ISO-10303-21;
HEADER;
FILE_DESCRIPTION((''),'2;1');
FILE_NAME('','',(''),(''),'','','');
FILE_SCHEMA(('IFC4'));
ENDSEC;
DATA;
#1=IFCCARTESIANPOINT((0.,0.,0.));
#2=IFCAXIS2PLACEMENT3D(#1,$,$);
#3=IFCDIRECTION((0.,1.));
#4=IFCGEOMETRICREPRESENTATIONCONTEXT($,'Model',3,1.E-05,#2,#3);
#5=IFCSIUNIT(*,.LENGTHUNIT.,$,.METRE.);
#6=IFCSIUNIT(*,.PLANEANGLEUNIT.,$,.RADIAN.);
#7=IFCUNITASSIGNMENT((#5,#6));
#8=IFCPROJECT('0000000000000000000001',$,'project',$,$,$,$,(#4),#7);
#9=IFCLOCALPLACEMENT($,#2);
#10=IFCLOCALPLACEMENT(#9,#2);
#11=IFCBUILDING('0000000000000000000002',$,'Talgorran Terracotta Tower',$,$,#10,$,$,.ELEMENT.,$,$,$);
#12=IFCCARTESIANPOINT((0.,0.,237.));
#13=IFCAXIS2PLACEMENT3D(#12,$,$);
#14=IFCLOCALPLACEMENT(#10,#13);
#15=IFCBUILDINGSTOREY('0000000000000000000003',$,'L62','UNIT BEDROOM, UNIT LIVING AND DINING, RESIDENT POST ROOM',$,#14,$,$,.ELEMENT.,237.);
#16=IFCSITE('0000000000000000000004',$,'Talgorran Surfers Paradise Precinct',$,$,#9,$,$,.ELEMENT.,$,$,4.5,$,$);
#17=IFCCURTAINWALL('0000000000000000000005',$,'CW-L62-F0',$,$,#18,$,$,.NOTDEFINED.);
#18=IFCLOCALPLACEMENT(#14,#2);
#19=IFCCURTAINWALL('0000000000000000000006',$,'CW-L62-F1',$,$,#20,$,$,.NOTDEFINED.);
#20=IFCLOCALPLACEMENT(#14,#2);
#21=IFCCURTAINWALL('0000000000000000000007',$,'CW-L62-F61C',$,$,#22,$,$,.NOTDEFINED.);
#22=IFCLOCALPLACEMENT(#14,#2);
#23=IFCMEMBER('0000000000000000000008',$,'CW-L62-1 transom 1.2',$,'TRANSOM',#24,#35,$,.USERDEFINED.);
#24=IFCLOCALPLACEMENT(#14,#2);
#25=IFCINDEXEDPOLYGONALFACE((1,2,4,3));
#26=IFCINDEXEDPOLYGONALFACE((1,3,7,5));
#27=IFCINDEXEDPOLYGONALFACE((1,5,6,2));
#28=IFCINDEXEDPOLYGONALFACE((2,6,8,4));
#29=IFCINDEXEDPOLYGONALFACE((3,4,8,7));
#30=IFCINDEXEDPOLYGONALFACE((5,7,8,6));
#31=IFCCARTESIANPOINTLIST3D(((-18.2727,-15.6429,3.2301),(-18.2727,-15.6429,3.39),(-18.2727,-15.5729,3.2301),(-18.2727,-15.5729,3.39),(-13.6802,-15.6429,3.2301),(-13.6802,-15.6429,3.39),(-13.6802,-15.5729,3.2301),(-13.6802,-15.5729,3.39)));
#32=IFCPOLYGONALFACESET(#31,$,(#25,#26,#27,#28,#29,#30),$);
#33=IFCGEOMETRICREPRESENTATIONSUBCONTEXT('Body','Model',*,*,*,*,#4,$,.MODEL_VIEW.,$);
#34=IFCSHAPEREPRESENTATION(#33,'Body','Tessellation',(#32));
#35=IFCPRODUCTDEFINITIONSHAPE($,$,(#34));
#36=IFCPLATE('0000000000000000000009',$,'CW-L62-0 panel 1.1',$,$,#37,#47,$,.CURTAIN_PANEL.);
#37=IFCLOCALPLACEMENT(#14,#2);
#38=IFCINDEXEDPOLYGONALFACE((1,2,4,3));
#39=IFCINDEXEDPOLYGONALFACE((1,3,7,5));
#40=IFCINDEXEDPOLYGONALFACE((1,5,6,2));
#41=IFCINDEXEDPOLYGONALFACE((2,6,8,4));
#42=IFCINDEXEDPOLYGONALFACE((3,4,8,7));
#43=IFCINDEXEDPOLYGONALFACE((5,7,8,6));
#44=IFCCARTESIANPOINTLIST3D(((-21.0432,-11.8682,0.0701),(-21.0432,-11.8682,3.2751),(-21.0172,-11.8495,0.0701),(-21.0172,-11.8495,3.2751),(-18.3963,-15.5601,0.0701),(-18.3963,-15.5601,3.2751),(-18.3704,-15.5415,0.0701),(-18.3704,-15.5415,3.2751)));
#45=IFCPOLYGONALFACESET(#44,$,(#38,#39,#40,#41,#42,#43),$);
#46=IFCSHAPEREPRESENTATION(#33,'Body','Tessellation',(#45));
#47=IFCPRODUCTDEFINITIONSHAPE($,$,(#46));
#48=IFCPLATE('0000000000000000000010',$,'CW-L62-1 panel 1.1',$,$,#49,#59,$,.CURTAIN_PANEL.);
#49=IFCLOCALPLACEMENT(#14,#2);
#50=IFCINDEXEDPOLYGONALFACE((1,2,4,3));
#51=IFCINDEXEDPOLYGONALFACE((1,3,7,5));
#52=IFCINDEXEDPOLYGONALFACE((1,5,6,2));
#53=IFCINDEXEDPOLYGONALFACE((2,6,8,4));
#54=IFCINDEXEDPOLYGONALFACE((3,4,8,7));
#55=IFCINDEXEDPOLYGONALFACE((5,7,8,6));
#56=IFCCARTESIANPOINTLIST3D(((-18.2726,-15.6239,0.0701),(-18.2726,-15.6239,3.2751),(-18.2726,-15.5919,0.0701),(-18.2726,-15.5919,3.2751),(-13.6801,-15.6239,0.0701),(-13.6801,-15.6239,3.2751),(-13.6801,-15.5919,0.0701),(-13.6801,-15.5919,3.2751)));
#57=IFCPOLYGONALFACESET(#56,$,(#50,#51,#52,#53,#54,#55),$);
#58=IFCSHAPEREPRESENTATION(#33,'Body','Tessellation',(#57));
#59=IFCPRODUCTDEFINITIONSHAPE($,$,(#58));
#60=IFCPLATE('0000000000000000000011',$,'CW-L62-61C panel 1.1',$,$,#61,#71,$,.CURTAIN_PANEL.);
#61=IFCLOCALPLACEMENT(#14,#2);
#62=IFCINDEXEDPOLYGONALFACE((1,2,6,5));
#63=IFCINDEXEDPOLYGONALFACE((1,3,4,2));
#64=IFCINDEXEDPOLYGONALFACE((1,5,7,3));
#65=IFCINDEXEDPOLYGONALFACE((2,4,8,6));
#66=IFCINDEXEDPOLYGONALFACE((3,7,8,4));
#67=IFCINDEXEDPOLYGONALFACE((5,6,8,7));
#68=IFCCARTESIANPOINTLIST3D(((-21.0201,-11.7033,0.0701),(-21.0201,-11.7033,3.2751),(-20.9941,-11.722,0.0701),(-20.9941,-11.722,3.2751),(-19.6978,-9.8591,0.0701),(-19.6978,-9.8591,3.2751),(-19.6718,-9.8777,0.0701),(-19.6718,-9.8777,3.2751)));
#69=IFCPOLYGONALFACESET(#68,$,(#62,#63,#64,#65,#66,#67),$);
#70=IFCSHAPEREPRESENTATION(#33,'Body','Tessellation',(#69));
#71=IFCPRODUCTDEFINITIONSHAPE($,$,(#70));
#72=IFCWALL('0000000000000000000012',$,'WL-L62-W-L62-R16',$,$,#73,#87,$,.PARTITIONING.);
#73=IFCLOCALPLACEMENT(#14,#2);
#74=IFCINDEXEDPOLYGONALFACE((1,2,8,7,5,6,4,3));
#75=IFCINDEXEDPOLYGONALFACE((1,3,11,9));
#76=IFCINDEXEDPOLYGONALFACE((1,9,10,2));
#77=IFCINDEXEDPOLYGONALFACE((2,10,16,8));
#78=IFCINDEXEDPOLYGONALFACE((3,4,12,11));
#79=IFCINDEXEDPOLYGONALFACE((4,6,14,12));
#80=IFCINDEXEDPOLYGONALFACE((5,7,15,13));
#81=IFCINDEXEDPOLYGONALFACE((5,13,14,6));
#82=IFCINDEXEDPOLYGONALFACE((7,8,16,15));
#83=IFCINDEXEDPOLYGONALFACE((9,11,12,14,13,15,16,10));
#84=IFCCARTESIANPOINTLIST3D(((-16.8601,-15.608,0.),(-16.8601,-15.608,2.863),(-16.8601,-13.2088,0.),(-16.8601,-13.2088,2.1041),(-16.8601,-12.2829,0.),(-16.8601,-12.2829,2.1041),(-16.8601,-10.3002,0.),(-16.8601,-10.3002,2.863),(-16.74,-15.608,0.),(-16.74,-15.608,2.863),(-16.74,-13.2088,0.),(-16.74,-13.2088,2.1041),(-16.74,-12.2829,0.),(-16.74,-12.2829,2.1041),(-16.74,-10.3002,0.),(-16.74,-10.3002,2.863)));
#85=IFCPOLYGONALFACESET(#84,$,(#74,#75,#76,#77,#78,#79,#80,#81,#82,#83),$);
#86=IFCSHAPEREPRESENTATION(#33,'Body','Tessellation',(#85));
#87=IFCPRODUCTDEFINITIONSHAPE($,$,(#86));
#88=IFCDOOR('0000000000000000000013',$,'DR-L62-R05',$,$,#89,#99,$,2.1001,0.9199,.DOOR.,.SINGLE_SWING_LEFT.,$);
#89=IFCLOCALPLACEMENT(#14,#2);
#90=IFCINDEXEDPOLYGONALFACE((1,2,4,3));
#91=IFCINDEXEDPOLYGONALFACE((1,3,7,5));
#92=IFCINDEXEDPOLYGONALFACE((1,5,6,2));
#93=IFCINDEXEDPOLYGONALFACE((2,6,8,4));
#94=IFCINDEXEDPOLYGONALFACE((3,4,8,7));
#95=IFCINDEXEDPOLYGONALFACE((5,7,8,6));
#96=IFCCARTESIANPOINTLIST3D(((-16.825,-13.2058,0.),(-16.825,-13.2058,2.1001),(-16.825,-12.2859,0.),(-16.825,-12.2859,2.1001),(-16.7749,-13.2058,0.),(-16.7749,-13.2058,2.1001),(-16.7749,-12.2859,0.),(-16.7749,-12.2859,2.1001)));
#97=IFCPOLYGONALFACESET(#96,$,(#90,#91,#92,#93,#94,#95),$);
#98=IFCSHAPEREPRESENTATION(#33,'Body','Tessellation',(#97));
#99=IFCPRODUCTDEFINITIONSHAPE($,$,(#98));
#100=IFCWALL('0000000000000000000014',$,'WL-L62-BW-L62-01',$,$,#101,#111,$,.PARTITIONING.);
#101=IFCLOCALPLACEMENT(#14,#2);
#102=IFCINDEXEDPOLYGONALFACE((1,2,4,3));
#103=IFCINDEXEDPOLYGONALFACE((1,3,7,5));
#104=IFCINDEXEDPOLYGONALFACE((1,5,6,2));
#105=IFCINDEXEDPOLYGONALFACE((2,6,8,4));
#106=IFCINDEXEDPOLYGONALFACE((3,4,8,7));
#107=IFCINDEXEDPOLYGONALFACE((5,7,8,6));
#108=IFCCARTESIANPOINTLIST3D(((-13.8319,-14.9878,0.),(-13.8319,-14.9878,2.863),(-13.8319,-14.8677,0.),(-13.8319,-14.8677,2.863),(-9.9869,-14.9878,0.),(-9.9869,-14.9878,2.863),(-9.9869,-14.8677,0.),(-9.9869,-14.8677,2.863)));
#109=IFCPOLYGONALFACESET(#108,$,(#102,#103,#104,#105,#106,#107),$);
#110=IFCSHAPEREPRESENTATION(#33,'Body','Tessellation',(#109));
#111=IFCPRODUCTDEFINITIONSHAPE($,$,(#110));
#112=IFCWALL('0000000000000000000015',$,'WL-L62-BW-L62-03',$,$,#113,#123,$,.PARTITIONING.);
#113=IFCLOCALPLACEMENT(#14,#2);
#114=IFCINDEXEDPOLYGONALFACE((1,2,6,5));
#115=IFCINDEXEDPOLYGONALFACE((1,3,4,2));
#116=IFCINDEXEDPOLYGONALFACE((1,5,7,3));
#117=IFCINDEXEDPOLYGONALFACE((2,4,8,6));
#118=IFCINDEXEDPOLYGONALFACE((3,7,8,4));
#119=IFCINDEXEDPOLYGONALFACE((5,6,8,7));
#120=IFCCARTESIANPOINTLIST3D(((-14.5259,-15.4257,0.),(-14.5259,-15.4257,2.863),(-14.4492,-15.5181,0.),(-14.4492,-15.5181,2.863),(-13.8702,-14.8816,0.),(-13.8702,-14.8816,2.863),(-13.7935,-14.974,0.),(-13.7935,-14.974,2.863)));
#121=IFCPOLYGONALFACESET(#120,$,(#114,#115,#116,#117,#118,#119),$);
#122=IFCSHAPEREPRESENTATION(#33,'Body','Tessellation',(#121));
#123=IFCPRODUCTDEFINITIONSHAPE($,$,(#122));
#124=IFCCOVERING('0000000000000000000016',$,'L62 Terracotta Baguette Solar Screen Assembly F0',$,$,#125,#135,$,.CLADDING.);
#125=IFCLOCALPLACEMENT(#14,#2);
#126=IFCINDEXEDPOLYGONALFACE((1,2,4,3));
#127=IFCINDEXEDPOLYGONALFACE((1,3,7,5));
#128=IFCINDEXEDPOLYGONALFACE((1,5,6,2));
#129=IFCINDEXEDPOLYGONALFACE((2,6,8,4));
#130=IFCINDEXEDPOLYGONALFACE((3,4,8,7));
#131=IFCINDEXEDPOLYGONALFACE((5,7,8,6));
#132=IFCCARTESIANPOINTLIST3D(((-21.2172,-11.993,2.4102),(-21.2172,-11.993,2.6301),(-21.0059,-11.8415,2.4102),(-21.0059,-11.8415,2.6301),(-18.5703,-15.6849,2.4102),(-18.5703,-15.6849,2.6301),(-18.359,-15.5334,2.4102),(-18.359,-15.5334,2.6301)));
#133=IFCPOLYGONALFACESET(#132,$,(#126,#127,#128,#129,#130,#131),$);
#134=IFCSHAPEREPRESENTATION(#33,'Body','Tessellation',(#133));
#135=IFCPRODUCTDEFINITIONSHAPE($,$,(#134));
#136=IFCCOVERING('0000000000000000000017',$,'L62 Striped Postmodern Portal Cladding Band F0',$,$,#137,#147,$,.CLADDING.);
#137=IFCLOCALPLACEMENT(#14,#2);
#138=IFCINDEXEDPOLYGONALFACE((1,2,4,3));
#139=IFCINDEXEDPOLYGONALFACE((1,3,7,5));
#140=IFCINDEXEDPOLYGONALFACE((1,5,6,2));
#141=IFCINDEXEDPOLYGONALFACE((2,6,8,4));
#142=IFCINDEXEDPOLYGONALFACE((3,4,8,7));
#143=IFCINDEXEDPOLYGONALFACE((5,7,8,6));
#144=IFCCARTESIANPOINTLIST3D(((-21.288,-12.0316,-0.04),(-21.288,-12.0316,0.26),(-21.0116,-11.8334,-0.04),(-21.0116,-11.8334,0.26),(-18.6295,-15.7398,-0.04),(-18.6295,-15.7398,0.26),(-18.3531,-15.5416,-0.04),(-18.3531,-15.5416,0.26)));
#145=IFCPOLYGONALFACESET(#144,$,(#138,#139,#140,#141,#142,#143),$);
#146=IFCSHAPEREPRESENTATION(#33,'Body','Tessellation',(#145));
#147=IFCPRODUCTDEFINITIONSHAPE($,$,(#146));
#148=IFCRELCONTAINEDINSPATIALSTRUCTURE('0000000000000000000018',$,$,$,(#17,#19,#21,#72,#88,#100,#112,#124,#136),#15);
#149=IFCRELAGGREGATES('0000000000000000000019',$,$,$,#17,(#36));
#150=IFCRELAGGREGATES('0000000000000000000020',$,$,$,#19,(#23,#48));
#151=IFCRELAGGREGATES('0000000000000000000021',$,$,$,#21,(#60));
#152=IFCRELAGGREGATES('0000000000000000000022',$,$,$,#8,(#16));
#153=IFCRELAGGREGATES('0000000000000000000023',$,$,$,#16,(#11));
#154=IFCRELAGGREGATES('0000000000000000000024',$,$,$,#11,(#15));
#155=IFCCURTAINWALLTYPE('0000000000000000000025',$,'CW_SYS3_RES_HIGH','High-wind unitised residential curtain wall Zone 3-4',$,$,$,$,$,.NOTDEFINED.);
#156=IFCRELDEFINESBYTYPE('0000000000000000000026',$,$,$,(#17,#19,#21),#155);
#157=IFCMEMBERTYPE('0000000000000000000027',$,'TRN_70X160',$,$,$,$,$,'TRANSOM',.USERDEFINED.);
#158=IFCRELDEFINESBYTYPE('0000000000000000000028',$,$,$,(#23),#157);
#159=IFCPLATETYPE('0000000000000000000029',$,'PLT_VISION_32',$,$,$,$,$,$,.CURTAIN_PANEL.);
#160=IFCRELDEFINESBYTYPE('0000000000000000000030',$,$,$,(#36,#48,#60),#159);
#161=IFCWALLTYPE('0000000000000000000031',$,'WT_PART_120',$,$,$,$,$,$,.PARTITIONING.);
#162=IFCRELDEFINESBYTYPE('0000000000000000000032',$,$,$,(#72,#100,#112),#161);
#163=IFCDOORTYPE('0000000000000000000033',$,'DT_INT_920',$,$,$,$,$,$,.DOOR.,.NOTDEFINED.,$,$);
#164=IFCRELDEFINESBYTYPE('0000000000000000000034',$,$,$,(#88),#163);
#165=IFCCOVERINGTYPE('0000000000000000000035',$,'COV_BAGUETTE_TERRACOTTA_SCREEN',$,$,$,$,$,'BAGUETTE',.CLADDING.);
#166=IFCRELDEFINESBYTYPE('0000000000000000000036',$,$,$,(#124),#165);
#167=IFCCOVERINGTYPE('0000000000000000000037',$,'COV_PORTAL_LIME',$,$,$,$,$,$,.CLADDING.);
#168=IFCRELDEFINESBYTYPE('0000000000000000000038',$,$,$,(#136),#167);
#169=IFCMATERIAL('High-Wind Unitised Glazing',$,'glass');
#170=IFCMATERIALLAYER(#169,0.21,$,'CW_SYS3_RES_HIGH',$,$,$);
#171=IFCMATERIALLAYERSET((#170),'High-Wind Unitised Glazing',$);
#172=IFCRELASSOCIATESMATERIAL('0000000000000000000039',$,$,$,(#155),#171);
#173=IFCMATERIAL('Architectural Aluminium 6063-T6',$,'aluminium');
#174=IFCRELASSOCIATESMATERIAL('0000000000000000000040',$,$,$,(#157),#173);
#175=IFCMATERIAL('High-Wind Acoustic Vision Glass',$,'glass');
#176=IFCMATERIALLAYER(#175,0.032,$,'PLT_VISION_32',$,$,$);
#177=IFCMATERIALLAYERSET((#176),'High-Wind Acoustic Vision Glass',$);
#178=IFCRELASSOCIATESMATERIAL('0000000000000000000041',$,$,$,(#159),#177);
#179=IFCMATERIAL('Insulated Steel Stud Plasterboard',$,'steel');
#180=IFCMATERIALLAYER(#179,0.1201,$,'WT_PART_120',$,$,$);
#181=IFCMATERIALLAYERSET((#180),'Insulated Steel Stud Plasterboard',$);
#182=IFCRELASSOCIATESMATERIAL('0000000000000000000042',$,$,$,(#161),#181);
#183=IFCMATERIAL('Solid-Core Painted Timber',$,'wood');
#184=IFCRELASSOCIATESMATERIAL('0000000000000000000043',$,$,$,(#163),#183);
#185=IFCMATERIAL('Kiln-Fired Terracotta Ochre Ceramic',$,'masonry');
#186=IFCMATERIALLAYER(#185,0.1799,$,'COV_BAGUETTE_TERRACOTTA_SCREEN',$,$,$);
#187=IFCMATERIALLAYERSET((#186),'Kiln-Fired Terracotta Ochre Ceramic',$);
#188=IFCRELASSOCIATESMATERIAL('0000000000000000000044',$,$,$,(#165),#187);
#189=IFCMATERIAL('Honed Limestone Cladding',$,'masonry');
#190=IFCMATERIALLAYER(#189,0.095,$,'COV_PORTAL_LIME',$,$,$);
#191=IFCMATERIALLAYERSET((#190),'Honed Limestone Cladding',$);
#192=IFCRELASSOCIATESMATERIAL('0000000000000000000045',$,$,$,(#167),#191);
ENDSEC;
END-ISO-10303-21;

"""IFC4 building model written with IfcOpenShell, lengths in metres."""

from ifc_helpers import new_model, si_unit, direction, frame, frame_2d, origin, origin_2d, place, context, subcontext, project, spatial, rectangle, extrude, source, transform, mapped, material, layer, layer_set, material_profile, profile_set, type_object, type_shapes, element, fill, aggregate, save


model = new_model("IFC4")

# Units and contexts
model_context = context("Model", 3, precision=1e-05, world=origin(), true_north=direction((0.0, 1.0)))
body_context = subcontext(model_context, "Body", "Model", "MODEL_VIEW")
ifc_project = project(units=[si_unit("LENGTHUNIT", "METRE"), si_unit("PLANEANGLEUNIT", "RADIAN")], contexts=[model_context])

# Site, building, storey
site_placement = place(None, origin())
site = spatial("IfcSite", under=ifc_project, at=site_placement, Name="Talgorran Surfers Paradise Precinct", CompositionType="ELEMENT", RefElevation=4.5)
building_placement = place(site_placement, origin())
building = spatial("IfcBuilding", under=site, at=building_placement, Name="Talgorran Terracotta Tower", CompositionType="ELEMENT")
storey_placement = place(building_placement, frame((0.0, 0.0, 237.0)))
storey = spatial("IfcBuildingStorey", under=building, at=storey_placement, Name="L62", Description="UNIT BEDROOM, UNIT LIVING AND DINING, RESIDENT POST ROOM", CompositionType="ELEMENT", Elevation=237.0)

# Curtain walls
ifc_material_1 = material(Name="High-Wind Unitised Glazing", Category="glass")
ifc_layer_1 = layer(ifc_material_1, 0.21, Name="CW_SYS3_RES_HIGH")
ifc_layer_set_1 = layer_set([ifc_layer_1], Name="High-Wind Unitised Glazing")
curtain_wall_type = type_object("IfcCurtainWallType", Name="CW_SYS3_RES_HIGH", Description="High-wind unitised residential curtain wall Zone 3-4", PredefinedType="NOTDEFINED", material=ifc_layer_set_1)
curtain_wall_1_placement = place(storey_placement, origin())
curtain_wall_1 = element("IfcCurtainWall", 1, at=curtain_wall_1_placement, inside=storey, type_object=curtain_wall_type, Name="CW-L62-F0", PredefinedType="NOTDEFINED")
ifc_material_2 = material(Name="Architectural Aluminium 6063-T6", Category="aluminium")
curtain_wall_2_placement = place(storey_placement, origin())
curtain_wall_2 = element("IfcCurtainWall", 2, at=curtain_wall_2_placement, inside=storey, type_object=curtain_wall_type, Name="CW-L62-F1", PredefinedType="NOTDEFINED")

# Curtain wall
curtain_wall_3_placement = place(storey_placement, origin())
curtain_wall_3 = element("IfcCurtainWall", 3, at=curtain_wall_3_placement, inside=storey, type_object=curtain_wall_type, Name="CW-L62-F61C", PredefinedType="NOTDEFINED")

# Member
ifc_material_profile_1 = material_profile(ifc_material_2, rectangle(XDim=0.0701, YDim=0.1599, at=origin_2d()), Name="CWT70X160")
ifc_profile_set_1 = profile_set([ifc_material_profile_1], Name="Architectural Aluminium 6063-T6")
member_type_1 = type_object("IfcMemberType", Name="TRN_70X160", ElementType="TRANSOM", PredefinedType="USERDEFINED", material=ifc_profile_set_1)
member_1_placement = place(storey_placement, frame((-18.2727, -15.6079, 3.3101), z_axis=(1.0, 0.0, 0.0), x_axis=(0.0, 1.0, 0.0)))
member_1 = element("IfcMember", 4, at=member_1_placement, type_object=member_type_1, Name="CW-L62-1 transom 1.2", ObjectType="TRANSOM", PredefinedType="USERDEFINED", context=body_context, shape_type="SweptSolid", body=[
    extrude(rectangle(XDim=0.0701, YDim=0.1599, at=origin_2d()), origin(), (0.0, 0.0, 1.0), 4.5925),
])

# Plates
ifc_material_3 = material(Name="High-Wind Acoustic Vision Glass", Category="glass")
ifc_layer_2 = layer(ifc_material_3, 0.032, Name="PLT_VISION_32")
ifc_layer_set_2 = layer_set([ifc_layer_2], Name="High-Wind Acoustic Vision Glass")
plate_type = type_object("IfcPlateType", Name="PLT_VISION_32", PredefinedType="CURTAIN_PANEL", material=ifc_layer_set_2)
shared_shape_1 = source(origin(), body_context, "Body", "SweptSolid", [
    extrude(rectangle(XDim=4.5427, YDim=0.032, at=origin_2d()), origin(), (0.0, 0.0, 1.0), 3.2051),
])
plate_1_placement = place(storey_placement, frame((-19.7068, -13.7048, 0.0701), z_axis=(0.0, 0.0, 1.0), x_axis=(0.582661, -0.812715, 0.0)))
plate_1 = element("IfcPlate", 5, at=plate_1_placement, type_object=plate_type, Name="CW-L62-0 panel 1.1", PredefinedType="CURTAIN_PANEL", context=body_context, shape_type="MappedRepresentation", body=[
    mapped(shared_shape_1, transform((0.0, 0.0, 0.0), scale=1.0)),
])
aggregate(curtain_wall_1, [plate_1])
shared_shape_2 = source(origin(), body_context, "Body", "SweptSolid", [
    extrude(rectangle(XDim=4.5925, YDim=0.032, at=origin_2d()), origin(), (0.0, 0.0, 1.0), 3.2051),
])
plate_2_placement = place(storey_placement, frame((-15.9763, -15.6079, 0.0701), z_axis=(0.0, 0.0, 1.0), x_axis=(1.0, 0.0, 0.0)))
plate_2 = element("IfcPlate", 6, at=plate_2_placement, type_object=plate_type, Name="CW-L62-1 panel 1.1", PredefinedType="CURTAIN_PANEL", context=body_context, shape_type="MappedRepresentation", body=[
    mapped(shared_shape_2, transform((0.0, 0.0, 0.0), scale=1.0)),
])
aggregate(curtain_wall_2, [member_1, plate_2])
shared_shape_3 = source(origin(), body_context, "Body", "SweptSolid", [
    extrude(rectangle(XDim=2.2693, YDim=0.032, at=origin_2d()), origin(), (0.0, 0.0, 1.0), 3.2051),
])
type_shapes(plate_type, [shared_shape_1, shared_shape_2, shared_shape_3])
plate_3_placement = place(storey_placement, frame((-20.3459, -10.7905, 0.0701), z_axis=(0.0, 0.0, 1.0), x_axis=(-0.582674, -0.812706, 0.0)))
plate_3 = element("IfcPlate", 7, at=plate_3_placement, type_object=plate_type, Name="CW-L62-61C panel 1.1", PredefinedType="CURTAIN_PANEL", context=body_context, shape_type="MappedRepresentation", body=[
    mapped(shared_shape_3, transform((0.0, 0.0, 0.0), scale=1.0)),
])
aggregate(curtain_wall_3, [plate_3])

# Wall, opening, door
ifc_material_4 = material(Name="Insulated Steel Stud Plasterboard", Category="steel")
ifc_layer_3 = layer(ifc_material_4, 0.1201, Name="WT_PART_120")
ifc_layer_set_3 = layer_set([ifc_layer_3], Name="Insulated Steel Stud Plasterboard")
wall_type = type_object("IfcWallType", Name="WT_PART_120", PredefinedType="PARTITIONING", material=ifc_layer_set_3)
wall_1_placement = place(storey_placement, frame((-16.8, -15.6079, 0.0), z_axis=(0.0, 0.0, 1.0), x_axis=(0.0, 1.0, 0.0)))
wall_1 = element("IfcWall", 8, at=wall_1_placement, inside=storey, type_object=wall_type, Name="WL-L62-W-L62-R16", PredefinedType="PARTITIONING", context=body_context, shape_type="SweptSolid", body=[
    extrude(rectangle(XDim=5.3079, YDim=0.1201, at=frame_2d((2.6538, 0.0))), origin(), (0.0, 0.0, 1.0), 2.863),
])
opening_placement = place(wall_1_placement, frame((2.4021, 0.0, 0.0)))
opening = element("IfcOpeningElement", 9, at=opening_placement, cuts=wall_1, PredefinedType="OPENING", context=body_context, shape_type="SweptSolid", body=[
    extrude(rectangle(XDim=0.9259, YDim=2.1041, at=frame_2d((0.46, 1.052))), frame((0.0, 0.0701, 0.0), z_axis=(0.0, -1.0, 0.0), x_axis=(1.0, 0.0, 0.0)), (0.0, 0.0, 1.0), 0.1401),
])
ifc_material_5 = material(Name="Solid-Core Painted Timber", Category="wood")
door_type = type_object("IfcDoorType", Name="DT_INT_920", OperationType="NOTDEFINED", PredefinedType="DOOR", material=ifc_material_5)
door_placement = place(opening_placement, origin())
door = element("IfcDoor", 10, at=door_placement, inside=storey, type_object=door_type, Name="DR-L62-R05", OperationType="SINGLE_SWING_LEFT", OverallHeight=2.1001, OverallWidth=0.9199, PredefinedType="DOOR", context=body_context, shape_type="SweptSolid", body=[
    extrude(rectangle(XDim=0.9199, YDim=2.1001, at=frame_2d((0.46, 1.05))), frame((0.0, 0.0249, 0.0), z_axis=(0.0, -1.0, 0.0), x_axis=(1.0, 0.0, 0.0)), (0.0, 0.0, 1.0), 0.05),
])
fill(opening, door)

# Walls
wall_2_placement = place(storey_placement, frame((-13.8318, -14.9277, 0.0), z_axis=(0.0, 0.0, 1.0), x_axis=(1.0, 0.0, 0.0)))
element("IfcWall", 11, at=wall_2_placement, inside=storey, type_object=wall_type, Name="WL-L62-BW-L62-01", PredefinedType="PARTITIONING", context=body_context, shape_type="SweptSolid", body=[
    extrude(rectangle(XDim=3.845, YDim=0.1201, at=frame_2d((1.9224, 0.0))), origin(), (0.0, 0.0, 1.0), 2.863),
])
wall_3_placement = place(storey_placement, frame((-14.4875, -15.4719, 0.0), z_axis=(0.0, 0.0, 1.0), x_axis=(0.769535, 0.638605, 0.0)))
element("IfcWall", 12, at=wall_3_placement, inside=storey, type_object=wall_type, Name="WL-L62-BW-L62-03", PredefinedType="PARTITIONING", context=body_context, shape_type="SweptSolid", body=[
    extrude(rectangle(XDim=0.8521, YDim=0.1201, at=frame_2d((0.426, 0.0))), origin(), (0.0, 0.0, 1.0), 2.863),
])

# Coverings
ifc_material_6 = material(Name="Kiln-Fired Terracotta Ochre Ceramic", Category="masonry")
ifc_layer_4 = layer(ifc_material_6, 0.1799, Name="COV_BAGUETTE_TERRACOTTA_SCREEN")
ifc_layer_set_4 = layer_set([ifc_layer_4], Name="Kiln-Fired Terracotta Ochre Ceramic")
covering_type_1 = type_object("IfcCoveringType", Name="COV_BAGUETTE_TERRACOTTA_SCREEN", ElementType="BAGUETTE", PredefinedType="CLADDING", material=ifc_layer_set_4)
covering_1_placement = place(storey_placement, frame((-19.7881, -13.7632, 2.4102), z_axis=(0.0, 0.0, 1.0), x_axis=(0.582662, -0.812715, 0.0)))
element("IfcCovering", 13, at=covering_1_placement, inside=storey, type_object=covering_type_1, Name="L62 Terracotta Baguette Solar Screen Assembly F0", PredefinedType="CLADDING", context=body_context, shape_type="SweptSolid", body=[
    extrude(rectangle(XDim=4.5427, YDim=0.26, at=origin_2d()), origin(), (0.0, 0.0, 1.0), 0.22),
])
ifc_material_7 = material(Name="Honed Limestone Cladding", Category="masonry")
ifc_layer_5 = layer(ifc_material_7, 0.095, Name="COV_PORTAL_LIME")
ifc_layer_set_5 = layer_set([ifc_layer_5], Name="Honed Limestone Cladding")
covering_type_2 = type_object("IfcCoveringType", Name="COV_PORTAL_LIME", PredefinedType="CLADDING", material=ifc_layer_set_5)
covering_2_placement = place(storey_placement, frame((-19.8206, -13.7866, -0.04), z_axis=(0.0, 0.0, 1.0), x_axis=(0.582662, -0.812715, 0.0)))
element("IfcCovering", 14, at=covering_2_placement, inside=storey, type_object=covering_type_2, Name="L62 Striped Postmodern Portal Cladding Band F0", PredefinedType="CLADDING", context=body_context, shape_type="SweptSolid", body=[
    extrude(rectangle(XDim=4.5627, YDim=0.3401, at=origin_2d()), origin(), (0.0, 0.0, 1.0), 0.3),
])

save(model, "model.ifc")
